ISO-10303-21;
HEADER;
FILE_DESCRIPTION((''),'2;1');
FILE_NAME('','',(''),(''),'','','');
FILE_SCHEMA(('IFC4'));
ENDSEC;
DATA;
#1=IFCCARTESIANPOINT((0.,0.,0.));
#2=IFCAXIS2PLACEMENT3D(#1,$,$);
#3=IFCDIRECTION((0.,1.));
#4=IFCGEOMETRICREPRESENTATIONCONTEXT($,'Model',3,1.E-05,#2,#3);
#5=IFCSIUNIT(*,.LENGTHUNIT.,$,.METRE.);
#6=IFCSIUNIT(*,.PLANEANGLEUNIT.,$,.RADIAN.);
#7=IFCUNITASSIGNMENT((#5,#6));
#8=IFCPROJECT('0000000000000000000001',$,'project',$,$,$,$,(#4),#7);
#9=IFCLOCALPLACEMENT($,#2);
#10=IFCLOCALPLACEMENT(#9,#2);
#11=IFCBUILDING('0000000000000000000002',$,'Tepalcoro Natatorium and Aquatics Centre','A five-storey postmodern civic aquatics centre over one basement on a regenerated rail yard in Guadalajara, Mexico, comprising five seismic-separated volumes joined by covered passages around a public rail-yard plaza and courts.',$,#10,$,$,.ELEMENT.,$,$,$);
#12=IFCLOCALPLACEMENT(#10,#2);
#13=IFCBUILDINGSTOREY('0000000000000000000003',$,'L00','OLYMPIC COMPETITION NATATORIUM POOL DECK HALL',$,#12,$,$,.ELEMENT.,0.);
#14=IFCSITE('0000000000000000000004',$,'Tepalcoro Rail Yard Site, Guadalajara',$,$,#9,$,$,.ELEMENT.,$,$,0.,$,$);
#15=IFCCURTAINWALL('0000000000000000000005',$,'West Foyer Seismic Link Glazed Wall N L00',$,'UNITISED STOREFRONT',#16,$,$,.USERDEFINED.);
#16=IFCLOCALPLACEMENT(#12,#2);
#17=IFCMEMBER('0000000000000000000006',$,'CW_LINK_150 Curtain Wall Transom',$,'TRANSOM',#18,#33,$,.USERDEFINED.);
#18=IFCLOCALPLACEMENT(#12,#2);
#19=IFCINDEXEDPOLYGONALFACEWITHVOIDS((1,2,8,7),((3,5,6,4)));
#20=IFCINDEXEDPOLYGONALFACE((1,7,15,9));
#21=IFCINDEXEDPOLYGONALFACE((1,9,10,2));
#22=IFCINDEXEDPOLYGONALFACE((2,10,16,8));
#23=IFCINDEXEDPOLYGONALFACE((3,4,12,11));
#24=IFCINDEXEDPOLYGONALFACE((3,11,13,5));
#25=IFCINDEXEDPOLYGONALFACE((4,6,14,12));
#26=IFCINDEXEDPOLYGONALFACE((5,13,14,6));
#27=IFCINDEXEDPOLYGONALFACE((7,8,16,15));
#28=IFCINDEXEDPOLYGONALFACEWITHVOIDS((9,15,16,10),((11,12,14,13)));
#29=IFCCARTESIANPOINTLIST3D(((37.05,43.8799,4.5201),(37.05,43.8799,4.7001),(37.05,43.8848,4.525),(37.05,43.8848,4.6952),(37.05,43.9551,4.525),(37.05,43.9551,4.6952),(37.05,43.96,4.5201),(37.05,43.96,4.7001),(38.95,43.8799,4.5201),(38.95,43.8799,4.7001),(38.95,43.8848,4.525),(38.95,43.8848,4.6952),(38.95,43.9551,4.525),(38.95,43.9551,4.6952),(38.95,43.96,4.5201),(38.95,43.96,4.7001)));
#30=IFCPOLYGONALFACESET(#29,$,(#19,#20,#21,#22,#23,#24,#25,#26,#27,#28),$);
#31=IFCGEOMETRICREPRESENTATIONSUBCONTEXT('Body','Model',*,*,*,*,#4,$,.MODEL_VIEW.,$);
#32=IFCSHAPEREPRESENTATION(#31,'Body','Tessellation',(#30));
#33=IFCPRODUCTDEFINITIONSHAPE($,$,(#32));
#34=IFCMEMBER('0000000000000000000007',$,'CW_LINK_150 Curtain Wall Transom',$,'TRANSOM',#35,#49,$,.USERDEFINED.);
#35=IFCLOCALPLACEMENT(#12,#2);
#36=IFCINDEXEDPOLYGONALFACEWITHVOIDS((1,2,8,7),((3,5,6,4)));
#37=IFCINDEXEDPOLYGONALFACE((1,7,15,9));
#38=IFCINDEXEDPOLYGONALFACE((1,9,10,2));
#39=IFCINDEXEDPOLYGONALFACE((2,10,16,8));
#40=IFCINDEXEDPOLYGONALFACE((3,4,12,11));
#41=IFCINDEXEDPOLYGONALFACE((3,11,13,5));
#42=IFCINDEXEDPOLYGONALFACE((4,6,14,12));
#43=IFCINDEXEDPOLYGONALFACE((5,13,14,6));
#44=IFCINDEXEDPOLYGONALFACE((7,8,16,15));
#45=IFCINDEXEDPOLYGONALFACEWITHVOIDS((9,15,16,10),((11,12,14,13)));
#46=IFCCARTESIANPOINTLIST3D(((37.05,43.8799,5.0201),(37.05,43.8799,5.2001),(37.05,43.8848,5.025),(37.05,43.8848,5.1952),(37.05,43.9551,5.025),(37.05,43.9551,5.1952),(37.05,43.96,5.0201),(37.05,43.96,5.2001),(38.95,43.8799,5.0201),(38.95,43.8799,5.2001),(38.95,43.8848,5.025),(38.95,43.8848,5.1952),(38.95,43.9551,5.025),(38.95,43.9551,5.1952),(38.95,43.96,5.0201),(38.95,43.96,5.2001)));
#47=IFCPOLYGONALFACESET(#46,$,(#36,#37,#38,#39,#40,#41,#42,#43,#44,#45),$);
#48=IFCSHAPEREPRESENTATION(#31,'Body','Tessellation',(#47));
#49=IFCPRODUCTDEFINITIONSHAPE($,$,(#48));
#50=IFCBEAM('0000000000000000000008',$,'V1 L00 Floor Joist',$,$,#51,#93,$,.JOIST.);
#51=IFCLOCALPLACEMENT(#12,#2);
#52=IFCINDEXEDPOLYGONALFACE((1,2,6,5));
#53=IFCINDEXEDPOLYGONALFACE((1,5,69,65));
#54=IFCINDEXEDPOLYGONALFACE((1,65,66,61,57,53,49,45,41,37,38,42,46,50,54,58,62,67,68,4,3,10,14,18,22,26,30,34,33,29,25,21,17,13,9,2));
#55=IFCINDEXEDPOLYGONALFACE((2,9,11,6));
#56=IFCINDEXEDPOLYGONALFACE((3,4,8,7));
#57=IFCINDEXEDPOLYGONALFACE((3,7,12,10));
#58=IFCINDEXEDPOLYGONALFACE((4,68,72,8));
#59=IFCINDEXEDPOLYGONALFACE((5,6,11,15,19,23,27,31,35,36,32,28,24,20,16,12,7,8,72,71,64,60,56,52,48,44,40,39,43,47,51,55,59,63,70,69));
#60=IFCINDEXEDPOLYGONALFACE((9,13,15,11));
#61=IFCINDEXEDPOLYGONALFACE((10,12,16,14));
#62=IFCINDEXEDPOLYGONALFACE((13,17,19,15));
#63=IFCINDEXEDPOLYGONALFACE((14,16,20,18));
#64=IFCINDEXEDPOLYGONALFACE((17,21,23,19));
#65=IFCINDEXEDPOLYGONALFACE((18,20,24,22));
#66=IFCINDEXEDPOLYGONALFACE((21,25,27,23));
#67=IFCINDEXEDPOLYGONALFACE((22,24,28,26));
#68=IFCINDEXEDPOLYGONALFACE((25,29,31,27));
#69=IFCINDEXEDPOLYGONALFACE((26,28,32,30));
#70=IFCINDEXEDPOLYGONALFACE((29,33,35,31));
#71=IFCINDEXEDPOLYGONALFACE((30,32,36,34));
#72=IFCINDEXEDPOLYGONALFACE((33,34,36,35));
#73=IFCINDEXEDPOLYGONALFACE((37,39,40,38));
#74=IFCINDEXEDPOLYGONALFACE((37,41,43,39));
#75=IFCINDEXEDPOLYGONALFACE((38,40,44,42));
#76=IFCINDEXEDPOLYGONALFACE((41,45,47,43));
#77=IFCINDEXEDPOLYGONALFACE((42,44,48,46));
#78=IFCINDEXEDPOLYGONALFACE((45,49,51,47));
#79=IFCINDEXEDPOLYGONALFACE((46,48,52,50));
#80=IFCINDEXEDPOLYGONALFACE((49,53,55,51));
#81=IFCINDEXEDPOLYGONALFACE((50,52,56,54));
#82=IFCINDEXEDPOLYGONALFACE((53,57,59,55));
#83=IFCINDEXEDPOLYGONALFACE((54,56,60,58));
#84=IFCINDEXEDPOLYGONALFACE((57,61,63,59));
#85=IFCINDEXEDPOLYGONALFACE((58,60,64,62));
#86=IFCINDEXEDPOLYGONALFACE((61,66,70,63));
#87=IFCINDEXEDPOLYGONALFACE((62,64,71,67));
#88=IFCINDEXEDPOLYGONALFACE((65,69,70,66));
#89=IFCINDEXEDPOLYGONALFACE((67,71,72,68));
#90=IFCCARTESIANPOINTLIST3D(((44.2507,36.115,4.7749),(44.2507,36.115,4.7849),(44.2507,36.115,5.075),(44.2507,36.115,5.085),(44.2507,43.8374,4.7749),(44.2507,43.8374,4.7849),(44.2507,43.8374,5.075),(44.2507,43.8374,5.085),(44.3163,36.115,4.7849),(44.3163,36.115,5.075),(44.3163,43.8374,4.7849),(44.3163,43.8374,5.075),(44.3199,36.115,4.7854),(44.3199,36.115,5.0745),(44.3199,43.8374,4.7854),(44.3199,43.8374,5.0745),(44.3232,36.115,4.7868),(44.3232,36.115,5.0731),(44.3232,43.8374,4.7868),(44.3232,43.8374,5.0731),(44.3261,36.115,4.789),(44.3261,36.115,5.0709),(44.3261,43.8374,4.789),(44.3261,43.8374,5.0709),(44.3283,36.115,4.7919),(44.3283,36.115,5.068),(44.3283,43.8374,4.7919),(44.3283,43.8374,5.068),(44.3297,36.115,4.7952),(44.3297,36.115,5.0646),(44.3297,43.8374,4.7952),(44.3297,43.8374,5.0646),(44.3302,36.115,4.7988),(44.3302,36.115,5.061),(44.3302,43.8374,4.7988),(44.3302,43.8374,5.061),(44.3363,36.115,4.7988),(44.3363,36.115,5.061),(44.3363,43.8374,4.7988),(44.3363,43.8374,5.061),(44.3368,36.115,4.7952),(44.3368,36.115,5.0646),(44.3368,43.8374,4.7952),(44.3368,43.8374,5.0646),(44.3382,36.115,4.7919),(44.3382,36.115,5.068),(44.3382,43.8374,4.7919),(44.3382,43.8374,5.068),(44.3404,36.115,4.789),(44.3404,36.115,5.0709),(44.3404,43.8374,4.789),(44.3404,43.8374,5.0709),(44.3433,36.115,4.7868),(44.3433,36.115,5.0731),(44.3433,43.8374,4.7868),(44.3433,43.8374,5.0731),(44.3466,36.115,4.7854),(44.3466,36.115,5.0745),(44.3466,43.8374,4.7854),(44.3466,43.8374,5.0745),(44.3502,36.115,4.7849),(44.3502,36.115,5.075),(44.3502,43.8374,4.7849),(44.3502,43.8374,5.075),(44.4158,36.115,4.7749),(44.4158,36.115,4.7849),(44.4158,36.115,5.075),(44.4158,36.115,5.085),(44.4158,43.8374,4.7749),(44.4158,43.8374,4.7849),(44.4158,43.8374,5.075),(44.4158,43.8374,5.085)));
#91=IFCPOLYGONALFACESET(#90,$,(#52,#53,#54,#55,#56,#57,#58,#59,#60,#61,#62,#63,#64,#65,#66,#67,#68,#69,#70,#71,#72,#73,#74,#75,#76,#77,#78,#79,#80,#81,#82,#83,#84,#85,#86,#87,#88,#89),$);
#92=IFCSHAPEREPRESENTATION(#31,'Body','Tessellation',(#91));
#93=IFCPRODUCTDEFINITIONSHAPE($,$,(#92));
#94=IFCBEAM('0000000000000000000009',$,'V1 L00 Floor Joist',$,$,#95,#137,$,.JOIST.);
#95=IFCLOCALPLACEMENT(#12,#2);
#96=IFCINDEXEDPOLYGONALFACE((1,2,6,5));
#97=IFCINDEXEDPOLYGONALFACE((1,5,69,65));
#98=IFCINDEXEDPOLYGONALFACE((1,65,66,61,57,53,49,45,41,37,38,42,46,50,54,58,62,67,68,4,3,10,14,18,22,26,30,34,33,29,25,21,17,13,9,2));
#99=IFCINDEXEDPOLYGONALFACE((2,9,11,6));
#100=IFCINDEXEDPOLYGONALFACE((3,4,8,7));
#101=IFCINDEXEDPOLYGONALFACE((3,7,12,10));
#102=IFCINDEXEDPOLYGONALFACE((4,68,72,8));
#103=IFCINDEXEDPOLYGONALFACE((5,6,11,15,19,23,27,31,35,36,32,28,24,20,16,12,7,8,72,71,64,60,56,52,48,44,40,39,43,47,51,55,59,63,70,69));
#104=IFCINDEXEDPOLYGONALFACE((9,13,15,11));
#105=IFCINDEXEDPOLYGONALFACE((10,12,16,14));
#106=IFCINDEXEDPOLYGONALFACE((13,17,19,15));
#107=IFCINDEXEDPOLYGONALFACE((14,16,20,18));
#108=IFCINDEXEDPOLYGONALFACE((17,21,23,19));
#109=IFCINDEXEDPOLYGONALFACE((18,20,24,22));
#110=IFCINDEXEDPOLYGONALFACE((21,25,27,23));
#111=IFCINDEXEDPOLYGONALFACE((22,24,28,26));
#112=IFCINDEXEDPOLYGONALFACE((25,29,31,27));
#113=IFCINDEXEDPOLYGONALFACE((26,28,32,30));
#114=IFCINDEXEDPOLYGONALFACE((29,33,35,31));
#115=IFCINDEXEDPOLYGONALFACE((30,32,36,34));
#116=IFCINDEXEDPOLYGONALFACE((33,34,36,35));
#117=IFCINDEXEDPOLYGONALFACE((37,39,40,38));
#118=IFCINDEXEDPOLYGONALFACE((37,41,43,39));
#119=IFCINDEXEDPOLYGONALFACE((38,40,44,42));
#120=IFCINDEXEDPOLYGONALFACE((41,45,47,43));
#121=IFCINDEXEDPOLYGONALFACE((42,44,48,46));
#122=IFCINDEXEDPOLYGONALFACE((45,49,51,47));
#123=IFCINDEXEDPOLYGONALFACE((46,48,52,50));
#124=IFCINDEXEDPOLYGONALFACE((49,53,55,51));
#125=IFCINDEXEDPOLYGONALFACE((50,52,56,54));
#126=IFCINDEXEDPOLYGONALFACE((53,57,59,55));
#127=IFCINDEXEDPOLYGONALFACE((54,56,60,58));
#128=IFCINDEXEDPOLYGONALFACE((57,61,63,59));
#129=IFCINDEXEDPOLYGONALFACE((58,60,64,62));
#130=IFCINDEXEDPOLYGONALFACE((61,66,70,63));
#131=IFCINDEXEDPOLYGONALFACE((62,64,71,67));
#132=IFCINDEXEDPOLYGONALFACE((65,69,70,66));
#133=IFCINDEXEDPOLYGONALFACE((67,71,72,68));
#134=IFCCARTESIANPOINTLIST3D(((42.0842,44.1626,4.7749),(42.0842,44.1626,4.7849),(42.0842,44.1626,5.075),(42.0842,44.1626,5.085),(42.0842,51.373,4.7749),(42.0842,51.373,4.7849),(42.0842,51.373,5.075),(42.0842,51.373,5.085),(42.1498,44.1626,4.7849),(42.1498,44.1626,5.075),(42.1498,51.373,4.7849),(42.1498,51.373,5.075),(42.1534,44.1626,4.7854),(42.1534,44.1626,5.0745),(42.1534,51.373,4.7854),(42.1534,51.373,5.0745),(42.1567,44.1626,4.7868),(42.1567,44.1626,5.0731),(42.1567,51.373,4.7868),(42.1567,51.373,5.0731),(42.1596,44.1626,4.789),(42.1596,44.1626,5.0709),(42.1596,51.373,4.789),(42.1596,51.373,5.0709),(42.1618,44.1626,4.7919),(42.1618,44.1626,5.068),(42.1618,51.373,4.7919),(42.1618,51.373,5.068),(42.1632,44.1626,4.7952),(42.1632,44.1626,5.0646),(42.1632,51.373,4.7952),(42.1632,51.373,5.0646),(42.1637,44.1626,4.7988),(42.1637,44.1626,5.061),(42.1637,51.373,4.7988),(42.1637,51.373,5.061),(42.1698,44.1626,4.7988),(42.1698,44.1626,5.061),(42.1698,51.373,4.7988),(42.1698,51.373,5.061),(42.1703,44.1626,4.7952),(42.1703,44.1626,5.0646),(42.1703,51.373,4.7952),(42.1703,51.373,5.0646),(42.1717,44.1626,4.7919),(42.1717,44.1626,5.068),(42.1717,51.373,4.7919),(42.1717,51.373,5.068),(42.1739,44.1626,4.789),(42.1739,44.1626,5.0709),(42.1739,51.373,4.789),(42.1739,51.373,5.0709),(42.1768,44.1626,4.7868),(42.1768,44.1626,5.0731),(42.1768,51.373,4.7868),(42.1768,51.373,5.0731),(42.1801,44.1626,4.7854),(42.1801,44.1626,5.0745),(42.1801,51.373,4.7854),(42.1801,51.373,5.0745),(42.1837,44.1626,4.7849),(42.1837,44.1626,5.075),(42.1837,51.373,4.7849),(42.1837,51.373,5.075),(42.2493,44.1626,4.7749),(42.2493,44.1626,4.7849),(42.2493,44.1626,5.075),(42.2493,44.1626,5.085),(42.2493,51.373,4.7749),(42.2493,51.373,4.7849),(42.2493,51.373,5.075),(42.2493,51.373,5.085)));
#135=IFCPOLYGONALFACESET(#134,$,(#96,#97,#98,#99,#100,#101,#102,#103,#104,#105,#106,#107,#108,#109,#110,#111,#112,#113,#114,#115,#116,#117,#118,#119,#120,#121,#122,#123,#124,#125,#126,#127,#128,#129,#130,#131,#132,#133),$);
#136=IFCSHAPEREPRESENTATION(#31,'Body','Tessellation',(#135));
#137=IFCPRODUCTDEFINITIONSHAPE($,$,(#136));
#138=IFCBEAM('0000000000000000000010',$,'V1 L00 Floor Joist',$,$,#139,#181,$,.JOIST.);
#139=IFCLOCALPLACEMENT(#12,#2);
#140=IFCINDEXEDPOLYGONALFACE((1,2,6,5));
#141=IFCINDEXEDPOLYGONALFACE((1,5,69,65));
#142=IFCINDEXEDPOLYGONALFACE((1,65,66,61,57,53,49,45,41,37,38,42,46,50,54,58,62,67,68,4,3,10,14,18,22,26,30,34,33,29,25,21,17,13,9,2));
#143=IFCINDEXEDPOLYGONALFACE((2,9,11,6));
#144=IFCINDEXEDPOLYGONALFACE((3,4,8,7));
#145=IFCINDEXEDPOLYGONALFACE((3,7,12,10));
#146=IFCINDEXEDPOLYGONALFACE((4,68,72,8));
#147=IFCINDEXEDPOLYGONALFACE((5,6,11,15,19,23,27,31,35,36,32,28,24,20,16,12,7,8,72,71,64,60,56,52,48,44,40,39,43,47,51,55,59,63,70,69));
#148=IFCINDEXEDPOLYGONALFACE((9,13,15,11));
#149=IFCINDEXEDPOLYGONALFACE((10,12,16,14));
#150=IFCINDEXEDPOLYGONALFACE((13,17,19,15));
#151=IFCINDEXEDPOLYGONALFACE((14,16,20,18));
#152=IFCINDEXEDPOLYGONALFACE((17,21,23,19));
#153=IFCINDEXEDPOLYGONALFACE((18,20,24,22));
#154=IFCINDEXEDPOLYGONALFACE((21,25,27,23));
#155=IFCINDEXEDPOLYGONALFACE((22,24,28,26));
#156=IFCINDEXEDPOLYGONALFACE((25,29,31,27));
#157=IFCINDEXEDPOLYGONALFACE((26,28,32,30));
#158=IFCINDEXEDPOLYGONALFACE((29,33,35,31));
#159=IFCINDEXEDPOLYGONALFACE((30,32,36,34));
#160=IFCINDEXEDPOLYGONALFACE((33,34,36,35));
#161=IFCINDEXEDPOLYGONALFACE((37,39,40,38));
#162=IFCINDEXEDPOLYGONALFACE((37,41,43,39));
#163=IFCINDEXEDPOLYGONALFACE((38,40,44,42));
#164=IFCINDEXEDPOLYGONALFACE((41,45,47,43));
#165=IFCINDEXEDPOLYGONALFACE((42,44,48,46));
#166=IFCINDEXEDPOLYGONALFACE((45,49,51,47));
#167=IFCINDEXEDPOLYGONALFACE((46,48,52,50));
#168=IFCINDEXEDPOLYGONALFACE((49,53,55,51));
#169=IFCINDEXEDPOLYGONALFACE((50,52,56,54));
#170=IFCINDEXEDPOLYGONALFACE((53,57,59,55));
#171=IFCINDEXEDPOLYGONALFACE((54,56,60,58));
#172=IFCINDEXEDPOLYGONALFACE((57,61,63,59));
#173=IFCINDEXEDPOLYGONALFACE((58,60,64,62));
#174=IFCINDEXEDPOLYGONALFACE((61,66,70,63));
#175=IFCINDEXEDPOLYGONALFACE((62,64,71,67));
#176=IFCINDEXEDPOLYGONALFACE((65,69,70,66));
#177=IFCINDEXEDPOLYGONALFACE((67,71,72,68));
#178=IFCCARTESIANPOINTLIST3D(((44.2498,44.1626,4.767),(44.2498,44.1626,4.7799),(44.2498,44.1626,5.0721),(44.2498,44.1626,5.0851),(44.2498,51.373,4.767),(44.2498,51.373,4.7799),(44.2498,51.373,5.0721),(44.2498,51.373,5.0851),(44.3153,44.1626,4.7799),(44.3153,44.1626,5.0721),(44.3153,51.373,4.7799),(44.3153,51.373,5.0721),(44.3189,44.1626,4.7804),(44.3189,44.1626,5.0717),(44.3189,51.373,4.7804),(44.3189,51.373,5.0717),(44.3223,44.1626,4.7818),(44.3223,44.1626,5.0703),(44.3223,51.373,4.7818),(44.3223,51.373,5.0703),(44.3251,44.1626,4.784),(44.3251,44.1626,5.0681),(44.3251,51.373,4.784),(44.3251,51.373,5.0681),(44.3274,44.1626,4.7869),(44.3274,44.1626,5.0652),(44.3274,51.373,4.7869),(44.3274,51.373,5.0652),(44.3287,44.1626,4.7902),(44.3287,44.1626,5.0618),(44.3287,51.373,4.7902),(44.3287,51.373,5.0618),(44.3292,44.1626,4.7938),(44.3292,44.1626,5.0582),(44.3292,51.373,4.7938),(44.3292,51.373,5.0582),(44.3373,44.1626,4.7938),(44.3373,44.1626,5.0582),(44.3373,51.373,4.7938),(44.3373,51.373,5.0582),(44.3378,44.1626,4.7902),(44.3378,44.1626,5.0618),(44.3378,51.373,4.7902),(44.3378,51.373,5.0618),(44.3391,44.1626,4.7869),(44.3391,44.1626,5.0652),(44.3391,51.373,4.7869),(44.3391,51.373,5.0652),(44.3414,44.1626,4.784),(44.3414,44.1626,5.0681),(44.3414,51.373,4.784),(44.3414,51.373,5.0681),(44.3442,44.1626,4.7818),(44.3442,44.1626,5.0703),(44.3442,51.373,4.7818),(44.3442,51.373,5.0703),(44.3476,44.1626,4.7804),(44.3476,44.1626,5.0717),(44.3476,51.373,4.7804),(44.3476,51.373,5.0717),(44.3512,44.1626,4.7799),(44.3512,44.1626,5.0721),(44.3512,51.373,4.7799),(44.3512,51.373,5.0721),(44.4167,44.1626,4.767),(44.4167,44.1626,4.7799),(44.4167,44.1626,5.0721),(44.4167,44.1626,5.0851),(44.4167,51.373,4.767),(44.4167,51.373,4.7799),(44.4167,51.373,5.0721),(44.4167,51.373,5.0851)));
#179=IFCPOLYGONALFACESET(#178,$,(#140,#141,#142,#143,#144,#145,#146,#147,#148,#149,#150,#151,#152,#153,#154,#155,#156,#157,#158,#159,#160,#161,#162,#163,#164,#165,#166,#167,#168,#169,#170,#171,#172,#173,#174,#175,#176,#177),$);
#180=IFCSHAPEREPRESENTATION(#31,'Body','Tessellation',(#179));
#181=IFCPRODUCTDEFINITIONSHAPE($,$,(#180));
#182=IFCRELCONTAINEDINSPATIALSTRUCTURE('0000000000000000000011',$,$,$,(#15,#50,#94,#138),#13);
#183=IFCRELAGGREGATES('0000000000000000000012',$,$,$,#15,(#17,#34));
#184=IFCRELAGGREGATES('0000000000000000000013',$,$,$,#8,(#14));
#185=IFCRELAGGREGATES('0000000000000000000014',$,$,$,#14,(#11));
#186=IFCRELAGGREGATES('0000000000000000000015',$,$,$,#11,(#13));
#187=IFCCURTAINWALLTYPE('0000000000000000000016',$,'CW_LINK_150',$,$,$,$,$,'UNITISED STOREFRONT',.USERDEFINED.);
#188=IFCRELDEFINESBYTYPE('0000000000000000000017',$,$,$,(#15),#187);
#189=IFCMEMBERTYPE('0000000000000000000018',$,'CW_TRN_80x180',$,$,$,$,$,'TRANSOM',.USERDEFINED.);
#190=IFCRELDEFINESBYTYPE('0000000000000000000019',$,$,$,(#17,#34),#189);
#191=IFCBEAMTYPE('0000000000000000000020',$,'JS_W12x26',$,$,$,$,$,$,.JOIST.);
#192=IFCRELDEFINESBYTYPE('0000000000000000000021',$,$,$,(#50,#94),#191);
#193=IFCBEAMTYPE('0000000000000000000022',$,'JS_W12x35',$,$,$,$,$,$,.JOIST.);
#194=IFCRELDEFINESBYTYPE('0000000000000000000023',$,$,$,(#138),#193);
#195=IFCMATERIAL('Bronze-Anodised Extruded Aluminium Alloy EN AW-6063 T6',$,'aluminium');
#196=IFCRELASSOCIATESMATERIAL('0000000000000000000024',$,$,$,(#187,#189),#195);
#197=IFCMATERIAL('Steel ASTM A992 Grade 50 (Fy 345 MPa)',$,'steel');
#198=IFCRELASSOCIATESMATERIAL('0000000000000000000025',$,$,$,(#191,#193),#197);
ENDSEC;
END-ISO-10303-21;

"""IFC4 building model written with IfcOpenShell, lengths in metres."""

from ifc_helpers import new_model, si_unit, direction, frame, origin, origin_2d, place, context, subcontext, project, spatial, hollow_rectangle, i_section, extrude, material, material_profile, profile_set, type_object, element, aggregate, save


model = new_model("IFC4")

# Units and contexts
model_context = context("Model", 3, precision=1e-05, world=origin(), true_north=direction((0.0, 1.0)))
body_context = subcontext(model_context, "Body", "Model", "MODEL_VIEW")
ifc_project = project(units=[si_unit("LENGTHUNIT", "METRE"), si_unit("PLANEANGLEUNIT", "RADIAN")], contexts=[model_context])

# Site, building, storey
site_placement = place(None, origin())
site = spatial("IfcSite", under=ifc_project, at=site_placement, Name="Tepalcoro Rail Yard Site, Guadalajara", CompositionType="ELEMENT", RefElevation=0.0)
building_placement = place(site_placement, origin())
building = spatial("IfcBuilding", under=site, at=building_placement, Name="Tepalcoro Natatorium and Aquatics Centre", Description="A five-storey postmodern civic aquatics centre over one basement on a regenerated rail yard in Guadalajara, Mexico, comprising five seismic-separated volumes joined by covered passages around a public rail-yard plaza and courts.", CompositionType="ELEMENT")
storey_placement = place(building_placement, origin())
storey = spatial("IfcBuildingStorey", under=building, at=storey_placement, Name="L00", Description="OLYMPIC COMPETITION NATATORIUM POOL DECK HALL", CompositionType="ELEMENT", Elevation=0.0)

# Shared definitions
ifc_material_1 = material(Name="Steel ASTM A992 Grade 50 (Fy 345 MPa)", Category="steel")

# Curtain wall, members
ifc_material_2 = material(Name="Bronze-Anodised Extruded Aluminium Alloy EN AW-6063 T6", Category="aluminium")
curtain_wall_type = type_object("IfcCurtainWallType", Name="CW_LINK_150", ElementType="UNITISED STOREFRONT", PredefinedType="USERDEFINED", material=ifc_material_2)
curtain_wall_placement = place(storey_placement, origin())
curtain_wall = element("IfcCurtainWall", 1, at=curtain_wall_placement, inside=storey, type_object=curtain_wall_type, Name="West Foyer Seismic Link Glazed Wall N L00", ObjectType="UNITISED STOREFRONT", PredefinedType="USERDEFINED")
ifc_material_profile_1 = material_profile(ifc_material_2, hollow_rectangle(XDim=0.0801, YDim=0.1799, WallThickness=0.0049, at=origin_2d()), Name="AL80X180X5")
ifc_profile_set_1 = profile_set([ifc_material_profile_1], Name="Bronze-Anodised Extruded Aluminium Alloy EN AW-6063 T6")
member_type_1 = type_object("IfcMemberType", Name="CW_TRN_80x180", ElementType="TRANSOM", PredefinedType="USERDEFINED", material=ifc_profile_set_1)
member_1_placement = place(storey_placement, frame((37.05, 43.9199, 4.6101), z_axis=(1.0, 0.0, 0.0), x_axis=(0.0, 1.0, 0.0)))
member_1 = element("IfcMember", 2, at=member_1_placement, type_object=member_type_1, Name="CW_LINK_150 Curtain Wall Transom", ObjectType="TRANSOM", PredefinedType="USERDEFINED", context=body_context, shape_type="SweptSolid", body=[
    extrude(hollow_rectangle(XDim=0.0801, YDim=0.1799, WallThickness=0.0049, at=origin_2d()), origin(), (0.0, 0.0, 1.0), 1.8999),
])
member_2_placement = place(storey_placement, frame((37.05, 43.9199, 5.1101), z_axis=(1.0, 0.0, 0.0), x_axis=(0.0, 1.0, 0.0)))
member_2 = element("IfcMember", 3, at=member_2_placement, type_object=member_type_1, Name="CW_LINK_150 Curtain Wall Transom", ObjectType="TRANSOM", PredefinedType="USERDEFINED", context=body_context, shape_type="SweptSolid", body=[
    extrude(hollow_rectangle(XDim=0.0801, YDim=0.1799, WallThickness=0.0049, at=origin_2d()), origin(), (0.0, 0.0, 1.0), 1.8999),
])

# Beams
ifc_material_profile_2 = material_profile(ifc_material_1, i_section(OverallWidth=0.165, OverallDepth=0.3101, WebThickness=0.0061, FlangeThickness=0.01, FilletRadius=0.0139, at=origin_2d()), Name="W12X26")
ifc_profile_set_2 = profile_set([ifc_material_profile_2], Name="Steel ASTM A992 Grade 50 (Fy 345 MPa)")
beam_type_1 = type_object("IfcBeamType", Name="JS_W12x26", PredefinedType="JOIST", material=ifc_profile_set_2)
beam_1_placement = place(storey_placement, frame((44.3333, 36.115, 4.9299), z_axis=(0.0, 1.0, 0.0), x_axis=(-1.0, 0.0, 0.0)))
element("IfcBeam", 4, at=beam_1_placement, inside=storey, type_object=beam_type_1, Name="V1 L00 Floor Joist", PredefinedType="JOIST", context=body_context, shape_type="SweptSolid", body=[
    extrude(i_section(OverallWidth=0.165, OverallDepth=0.3101, WebThickness=0.0061, FlangeThickness=0.01, FilletRadius=0.0139, at=origin_2d()), origin(), (0.0, 0.0, 1.0), 7.7224),
])
beam_2_placement = place(storey_placement, frame((42.1667, 44.1626, 4.9299), z_axis=(0.0, 1.0, 0.0), x_axis=(-1.0, 0.0, 0.0)))
element("IfcBeam", 5, at=beam_2_placement, inside=storey, type_object=beam_type_1, Name="V1 L00 Floor Joist", PredefinedType="JOIST", context=body_context, shape_type="SweptSolid", body=[
    extrude(i_section(OverallWidth=0.165, OverallDepth=0.3101, WebThickness=0.0061, FlangeThickness=0.01, FilletRadius=0.0139, at=origin_2d()), origin(), (0.0, 0.0, 1.0), 7.2104),
])
ifc_material_profile_3 = material_profile(ifc_material_1, i_section(OverallWidth=0.167, OverallDepth=0.3181, WebThickness=0.0081, FlangeThickness=0.0129, FilletRadius=0.0139, at=origin_2d()), Name="W12X35")
ifc_profile_set_3 = profile_set([ifc_material_profile_3], Name="Steel ASTM A992 Grade 50 (Fy 345 MPa)")
beam_type_2 = type_object("IfcBeamType", Name="JS_W12x35", PredefinedType="JOIST", material=ifc_profile_set_3)
beam_3_placement = place(storey_placement, frame((44.3333, 44.1626, 4.926), z_axis=(0.0, 1.0, 0.0), x_axis=(-1.0, 0.0, 0.0)))
element("IfcBeam", 6, at=beam_3_placement, inside=storey, type_object=beam_type_2, Name="V1 L00 Floor Joist", PredefinedType="JOIST", context=body_context, shape_type="SweptSolid", body=[
    extrude(i_section(OverallWidth=0.167, OverallDepth=0.3181, WebThickness=0.0081, FlangeThickness=0.0129, FilletRadius=0.0139, at=origin_2d()), origin(), (0.0, 0.0, 1.0), 7.2104),
])

aggregate(curtain_wall, [member_1, member_2])

save(model, "model.ifc")
